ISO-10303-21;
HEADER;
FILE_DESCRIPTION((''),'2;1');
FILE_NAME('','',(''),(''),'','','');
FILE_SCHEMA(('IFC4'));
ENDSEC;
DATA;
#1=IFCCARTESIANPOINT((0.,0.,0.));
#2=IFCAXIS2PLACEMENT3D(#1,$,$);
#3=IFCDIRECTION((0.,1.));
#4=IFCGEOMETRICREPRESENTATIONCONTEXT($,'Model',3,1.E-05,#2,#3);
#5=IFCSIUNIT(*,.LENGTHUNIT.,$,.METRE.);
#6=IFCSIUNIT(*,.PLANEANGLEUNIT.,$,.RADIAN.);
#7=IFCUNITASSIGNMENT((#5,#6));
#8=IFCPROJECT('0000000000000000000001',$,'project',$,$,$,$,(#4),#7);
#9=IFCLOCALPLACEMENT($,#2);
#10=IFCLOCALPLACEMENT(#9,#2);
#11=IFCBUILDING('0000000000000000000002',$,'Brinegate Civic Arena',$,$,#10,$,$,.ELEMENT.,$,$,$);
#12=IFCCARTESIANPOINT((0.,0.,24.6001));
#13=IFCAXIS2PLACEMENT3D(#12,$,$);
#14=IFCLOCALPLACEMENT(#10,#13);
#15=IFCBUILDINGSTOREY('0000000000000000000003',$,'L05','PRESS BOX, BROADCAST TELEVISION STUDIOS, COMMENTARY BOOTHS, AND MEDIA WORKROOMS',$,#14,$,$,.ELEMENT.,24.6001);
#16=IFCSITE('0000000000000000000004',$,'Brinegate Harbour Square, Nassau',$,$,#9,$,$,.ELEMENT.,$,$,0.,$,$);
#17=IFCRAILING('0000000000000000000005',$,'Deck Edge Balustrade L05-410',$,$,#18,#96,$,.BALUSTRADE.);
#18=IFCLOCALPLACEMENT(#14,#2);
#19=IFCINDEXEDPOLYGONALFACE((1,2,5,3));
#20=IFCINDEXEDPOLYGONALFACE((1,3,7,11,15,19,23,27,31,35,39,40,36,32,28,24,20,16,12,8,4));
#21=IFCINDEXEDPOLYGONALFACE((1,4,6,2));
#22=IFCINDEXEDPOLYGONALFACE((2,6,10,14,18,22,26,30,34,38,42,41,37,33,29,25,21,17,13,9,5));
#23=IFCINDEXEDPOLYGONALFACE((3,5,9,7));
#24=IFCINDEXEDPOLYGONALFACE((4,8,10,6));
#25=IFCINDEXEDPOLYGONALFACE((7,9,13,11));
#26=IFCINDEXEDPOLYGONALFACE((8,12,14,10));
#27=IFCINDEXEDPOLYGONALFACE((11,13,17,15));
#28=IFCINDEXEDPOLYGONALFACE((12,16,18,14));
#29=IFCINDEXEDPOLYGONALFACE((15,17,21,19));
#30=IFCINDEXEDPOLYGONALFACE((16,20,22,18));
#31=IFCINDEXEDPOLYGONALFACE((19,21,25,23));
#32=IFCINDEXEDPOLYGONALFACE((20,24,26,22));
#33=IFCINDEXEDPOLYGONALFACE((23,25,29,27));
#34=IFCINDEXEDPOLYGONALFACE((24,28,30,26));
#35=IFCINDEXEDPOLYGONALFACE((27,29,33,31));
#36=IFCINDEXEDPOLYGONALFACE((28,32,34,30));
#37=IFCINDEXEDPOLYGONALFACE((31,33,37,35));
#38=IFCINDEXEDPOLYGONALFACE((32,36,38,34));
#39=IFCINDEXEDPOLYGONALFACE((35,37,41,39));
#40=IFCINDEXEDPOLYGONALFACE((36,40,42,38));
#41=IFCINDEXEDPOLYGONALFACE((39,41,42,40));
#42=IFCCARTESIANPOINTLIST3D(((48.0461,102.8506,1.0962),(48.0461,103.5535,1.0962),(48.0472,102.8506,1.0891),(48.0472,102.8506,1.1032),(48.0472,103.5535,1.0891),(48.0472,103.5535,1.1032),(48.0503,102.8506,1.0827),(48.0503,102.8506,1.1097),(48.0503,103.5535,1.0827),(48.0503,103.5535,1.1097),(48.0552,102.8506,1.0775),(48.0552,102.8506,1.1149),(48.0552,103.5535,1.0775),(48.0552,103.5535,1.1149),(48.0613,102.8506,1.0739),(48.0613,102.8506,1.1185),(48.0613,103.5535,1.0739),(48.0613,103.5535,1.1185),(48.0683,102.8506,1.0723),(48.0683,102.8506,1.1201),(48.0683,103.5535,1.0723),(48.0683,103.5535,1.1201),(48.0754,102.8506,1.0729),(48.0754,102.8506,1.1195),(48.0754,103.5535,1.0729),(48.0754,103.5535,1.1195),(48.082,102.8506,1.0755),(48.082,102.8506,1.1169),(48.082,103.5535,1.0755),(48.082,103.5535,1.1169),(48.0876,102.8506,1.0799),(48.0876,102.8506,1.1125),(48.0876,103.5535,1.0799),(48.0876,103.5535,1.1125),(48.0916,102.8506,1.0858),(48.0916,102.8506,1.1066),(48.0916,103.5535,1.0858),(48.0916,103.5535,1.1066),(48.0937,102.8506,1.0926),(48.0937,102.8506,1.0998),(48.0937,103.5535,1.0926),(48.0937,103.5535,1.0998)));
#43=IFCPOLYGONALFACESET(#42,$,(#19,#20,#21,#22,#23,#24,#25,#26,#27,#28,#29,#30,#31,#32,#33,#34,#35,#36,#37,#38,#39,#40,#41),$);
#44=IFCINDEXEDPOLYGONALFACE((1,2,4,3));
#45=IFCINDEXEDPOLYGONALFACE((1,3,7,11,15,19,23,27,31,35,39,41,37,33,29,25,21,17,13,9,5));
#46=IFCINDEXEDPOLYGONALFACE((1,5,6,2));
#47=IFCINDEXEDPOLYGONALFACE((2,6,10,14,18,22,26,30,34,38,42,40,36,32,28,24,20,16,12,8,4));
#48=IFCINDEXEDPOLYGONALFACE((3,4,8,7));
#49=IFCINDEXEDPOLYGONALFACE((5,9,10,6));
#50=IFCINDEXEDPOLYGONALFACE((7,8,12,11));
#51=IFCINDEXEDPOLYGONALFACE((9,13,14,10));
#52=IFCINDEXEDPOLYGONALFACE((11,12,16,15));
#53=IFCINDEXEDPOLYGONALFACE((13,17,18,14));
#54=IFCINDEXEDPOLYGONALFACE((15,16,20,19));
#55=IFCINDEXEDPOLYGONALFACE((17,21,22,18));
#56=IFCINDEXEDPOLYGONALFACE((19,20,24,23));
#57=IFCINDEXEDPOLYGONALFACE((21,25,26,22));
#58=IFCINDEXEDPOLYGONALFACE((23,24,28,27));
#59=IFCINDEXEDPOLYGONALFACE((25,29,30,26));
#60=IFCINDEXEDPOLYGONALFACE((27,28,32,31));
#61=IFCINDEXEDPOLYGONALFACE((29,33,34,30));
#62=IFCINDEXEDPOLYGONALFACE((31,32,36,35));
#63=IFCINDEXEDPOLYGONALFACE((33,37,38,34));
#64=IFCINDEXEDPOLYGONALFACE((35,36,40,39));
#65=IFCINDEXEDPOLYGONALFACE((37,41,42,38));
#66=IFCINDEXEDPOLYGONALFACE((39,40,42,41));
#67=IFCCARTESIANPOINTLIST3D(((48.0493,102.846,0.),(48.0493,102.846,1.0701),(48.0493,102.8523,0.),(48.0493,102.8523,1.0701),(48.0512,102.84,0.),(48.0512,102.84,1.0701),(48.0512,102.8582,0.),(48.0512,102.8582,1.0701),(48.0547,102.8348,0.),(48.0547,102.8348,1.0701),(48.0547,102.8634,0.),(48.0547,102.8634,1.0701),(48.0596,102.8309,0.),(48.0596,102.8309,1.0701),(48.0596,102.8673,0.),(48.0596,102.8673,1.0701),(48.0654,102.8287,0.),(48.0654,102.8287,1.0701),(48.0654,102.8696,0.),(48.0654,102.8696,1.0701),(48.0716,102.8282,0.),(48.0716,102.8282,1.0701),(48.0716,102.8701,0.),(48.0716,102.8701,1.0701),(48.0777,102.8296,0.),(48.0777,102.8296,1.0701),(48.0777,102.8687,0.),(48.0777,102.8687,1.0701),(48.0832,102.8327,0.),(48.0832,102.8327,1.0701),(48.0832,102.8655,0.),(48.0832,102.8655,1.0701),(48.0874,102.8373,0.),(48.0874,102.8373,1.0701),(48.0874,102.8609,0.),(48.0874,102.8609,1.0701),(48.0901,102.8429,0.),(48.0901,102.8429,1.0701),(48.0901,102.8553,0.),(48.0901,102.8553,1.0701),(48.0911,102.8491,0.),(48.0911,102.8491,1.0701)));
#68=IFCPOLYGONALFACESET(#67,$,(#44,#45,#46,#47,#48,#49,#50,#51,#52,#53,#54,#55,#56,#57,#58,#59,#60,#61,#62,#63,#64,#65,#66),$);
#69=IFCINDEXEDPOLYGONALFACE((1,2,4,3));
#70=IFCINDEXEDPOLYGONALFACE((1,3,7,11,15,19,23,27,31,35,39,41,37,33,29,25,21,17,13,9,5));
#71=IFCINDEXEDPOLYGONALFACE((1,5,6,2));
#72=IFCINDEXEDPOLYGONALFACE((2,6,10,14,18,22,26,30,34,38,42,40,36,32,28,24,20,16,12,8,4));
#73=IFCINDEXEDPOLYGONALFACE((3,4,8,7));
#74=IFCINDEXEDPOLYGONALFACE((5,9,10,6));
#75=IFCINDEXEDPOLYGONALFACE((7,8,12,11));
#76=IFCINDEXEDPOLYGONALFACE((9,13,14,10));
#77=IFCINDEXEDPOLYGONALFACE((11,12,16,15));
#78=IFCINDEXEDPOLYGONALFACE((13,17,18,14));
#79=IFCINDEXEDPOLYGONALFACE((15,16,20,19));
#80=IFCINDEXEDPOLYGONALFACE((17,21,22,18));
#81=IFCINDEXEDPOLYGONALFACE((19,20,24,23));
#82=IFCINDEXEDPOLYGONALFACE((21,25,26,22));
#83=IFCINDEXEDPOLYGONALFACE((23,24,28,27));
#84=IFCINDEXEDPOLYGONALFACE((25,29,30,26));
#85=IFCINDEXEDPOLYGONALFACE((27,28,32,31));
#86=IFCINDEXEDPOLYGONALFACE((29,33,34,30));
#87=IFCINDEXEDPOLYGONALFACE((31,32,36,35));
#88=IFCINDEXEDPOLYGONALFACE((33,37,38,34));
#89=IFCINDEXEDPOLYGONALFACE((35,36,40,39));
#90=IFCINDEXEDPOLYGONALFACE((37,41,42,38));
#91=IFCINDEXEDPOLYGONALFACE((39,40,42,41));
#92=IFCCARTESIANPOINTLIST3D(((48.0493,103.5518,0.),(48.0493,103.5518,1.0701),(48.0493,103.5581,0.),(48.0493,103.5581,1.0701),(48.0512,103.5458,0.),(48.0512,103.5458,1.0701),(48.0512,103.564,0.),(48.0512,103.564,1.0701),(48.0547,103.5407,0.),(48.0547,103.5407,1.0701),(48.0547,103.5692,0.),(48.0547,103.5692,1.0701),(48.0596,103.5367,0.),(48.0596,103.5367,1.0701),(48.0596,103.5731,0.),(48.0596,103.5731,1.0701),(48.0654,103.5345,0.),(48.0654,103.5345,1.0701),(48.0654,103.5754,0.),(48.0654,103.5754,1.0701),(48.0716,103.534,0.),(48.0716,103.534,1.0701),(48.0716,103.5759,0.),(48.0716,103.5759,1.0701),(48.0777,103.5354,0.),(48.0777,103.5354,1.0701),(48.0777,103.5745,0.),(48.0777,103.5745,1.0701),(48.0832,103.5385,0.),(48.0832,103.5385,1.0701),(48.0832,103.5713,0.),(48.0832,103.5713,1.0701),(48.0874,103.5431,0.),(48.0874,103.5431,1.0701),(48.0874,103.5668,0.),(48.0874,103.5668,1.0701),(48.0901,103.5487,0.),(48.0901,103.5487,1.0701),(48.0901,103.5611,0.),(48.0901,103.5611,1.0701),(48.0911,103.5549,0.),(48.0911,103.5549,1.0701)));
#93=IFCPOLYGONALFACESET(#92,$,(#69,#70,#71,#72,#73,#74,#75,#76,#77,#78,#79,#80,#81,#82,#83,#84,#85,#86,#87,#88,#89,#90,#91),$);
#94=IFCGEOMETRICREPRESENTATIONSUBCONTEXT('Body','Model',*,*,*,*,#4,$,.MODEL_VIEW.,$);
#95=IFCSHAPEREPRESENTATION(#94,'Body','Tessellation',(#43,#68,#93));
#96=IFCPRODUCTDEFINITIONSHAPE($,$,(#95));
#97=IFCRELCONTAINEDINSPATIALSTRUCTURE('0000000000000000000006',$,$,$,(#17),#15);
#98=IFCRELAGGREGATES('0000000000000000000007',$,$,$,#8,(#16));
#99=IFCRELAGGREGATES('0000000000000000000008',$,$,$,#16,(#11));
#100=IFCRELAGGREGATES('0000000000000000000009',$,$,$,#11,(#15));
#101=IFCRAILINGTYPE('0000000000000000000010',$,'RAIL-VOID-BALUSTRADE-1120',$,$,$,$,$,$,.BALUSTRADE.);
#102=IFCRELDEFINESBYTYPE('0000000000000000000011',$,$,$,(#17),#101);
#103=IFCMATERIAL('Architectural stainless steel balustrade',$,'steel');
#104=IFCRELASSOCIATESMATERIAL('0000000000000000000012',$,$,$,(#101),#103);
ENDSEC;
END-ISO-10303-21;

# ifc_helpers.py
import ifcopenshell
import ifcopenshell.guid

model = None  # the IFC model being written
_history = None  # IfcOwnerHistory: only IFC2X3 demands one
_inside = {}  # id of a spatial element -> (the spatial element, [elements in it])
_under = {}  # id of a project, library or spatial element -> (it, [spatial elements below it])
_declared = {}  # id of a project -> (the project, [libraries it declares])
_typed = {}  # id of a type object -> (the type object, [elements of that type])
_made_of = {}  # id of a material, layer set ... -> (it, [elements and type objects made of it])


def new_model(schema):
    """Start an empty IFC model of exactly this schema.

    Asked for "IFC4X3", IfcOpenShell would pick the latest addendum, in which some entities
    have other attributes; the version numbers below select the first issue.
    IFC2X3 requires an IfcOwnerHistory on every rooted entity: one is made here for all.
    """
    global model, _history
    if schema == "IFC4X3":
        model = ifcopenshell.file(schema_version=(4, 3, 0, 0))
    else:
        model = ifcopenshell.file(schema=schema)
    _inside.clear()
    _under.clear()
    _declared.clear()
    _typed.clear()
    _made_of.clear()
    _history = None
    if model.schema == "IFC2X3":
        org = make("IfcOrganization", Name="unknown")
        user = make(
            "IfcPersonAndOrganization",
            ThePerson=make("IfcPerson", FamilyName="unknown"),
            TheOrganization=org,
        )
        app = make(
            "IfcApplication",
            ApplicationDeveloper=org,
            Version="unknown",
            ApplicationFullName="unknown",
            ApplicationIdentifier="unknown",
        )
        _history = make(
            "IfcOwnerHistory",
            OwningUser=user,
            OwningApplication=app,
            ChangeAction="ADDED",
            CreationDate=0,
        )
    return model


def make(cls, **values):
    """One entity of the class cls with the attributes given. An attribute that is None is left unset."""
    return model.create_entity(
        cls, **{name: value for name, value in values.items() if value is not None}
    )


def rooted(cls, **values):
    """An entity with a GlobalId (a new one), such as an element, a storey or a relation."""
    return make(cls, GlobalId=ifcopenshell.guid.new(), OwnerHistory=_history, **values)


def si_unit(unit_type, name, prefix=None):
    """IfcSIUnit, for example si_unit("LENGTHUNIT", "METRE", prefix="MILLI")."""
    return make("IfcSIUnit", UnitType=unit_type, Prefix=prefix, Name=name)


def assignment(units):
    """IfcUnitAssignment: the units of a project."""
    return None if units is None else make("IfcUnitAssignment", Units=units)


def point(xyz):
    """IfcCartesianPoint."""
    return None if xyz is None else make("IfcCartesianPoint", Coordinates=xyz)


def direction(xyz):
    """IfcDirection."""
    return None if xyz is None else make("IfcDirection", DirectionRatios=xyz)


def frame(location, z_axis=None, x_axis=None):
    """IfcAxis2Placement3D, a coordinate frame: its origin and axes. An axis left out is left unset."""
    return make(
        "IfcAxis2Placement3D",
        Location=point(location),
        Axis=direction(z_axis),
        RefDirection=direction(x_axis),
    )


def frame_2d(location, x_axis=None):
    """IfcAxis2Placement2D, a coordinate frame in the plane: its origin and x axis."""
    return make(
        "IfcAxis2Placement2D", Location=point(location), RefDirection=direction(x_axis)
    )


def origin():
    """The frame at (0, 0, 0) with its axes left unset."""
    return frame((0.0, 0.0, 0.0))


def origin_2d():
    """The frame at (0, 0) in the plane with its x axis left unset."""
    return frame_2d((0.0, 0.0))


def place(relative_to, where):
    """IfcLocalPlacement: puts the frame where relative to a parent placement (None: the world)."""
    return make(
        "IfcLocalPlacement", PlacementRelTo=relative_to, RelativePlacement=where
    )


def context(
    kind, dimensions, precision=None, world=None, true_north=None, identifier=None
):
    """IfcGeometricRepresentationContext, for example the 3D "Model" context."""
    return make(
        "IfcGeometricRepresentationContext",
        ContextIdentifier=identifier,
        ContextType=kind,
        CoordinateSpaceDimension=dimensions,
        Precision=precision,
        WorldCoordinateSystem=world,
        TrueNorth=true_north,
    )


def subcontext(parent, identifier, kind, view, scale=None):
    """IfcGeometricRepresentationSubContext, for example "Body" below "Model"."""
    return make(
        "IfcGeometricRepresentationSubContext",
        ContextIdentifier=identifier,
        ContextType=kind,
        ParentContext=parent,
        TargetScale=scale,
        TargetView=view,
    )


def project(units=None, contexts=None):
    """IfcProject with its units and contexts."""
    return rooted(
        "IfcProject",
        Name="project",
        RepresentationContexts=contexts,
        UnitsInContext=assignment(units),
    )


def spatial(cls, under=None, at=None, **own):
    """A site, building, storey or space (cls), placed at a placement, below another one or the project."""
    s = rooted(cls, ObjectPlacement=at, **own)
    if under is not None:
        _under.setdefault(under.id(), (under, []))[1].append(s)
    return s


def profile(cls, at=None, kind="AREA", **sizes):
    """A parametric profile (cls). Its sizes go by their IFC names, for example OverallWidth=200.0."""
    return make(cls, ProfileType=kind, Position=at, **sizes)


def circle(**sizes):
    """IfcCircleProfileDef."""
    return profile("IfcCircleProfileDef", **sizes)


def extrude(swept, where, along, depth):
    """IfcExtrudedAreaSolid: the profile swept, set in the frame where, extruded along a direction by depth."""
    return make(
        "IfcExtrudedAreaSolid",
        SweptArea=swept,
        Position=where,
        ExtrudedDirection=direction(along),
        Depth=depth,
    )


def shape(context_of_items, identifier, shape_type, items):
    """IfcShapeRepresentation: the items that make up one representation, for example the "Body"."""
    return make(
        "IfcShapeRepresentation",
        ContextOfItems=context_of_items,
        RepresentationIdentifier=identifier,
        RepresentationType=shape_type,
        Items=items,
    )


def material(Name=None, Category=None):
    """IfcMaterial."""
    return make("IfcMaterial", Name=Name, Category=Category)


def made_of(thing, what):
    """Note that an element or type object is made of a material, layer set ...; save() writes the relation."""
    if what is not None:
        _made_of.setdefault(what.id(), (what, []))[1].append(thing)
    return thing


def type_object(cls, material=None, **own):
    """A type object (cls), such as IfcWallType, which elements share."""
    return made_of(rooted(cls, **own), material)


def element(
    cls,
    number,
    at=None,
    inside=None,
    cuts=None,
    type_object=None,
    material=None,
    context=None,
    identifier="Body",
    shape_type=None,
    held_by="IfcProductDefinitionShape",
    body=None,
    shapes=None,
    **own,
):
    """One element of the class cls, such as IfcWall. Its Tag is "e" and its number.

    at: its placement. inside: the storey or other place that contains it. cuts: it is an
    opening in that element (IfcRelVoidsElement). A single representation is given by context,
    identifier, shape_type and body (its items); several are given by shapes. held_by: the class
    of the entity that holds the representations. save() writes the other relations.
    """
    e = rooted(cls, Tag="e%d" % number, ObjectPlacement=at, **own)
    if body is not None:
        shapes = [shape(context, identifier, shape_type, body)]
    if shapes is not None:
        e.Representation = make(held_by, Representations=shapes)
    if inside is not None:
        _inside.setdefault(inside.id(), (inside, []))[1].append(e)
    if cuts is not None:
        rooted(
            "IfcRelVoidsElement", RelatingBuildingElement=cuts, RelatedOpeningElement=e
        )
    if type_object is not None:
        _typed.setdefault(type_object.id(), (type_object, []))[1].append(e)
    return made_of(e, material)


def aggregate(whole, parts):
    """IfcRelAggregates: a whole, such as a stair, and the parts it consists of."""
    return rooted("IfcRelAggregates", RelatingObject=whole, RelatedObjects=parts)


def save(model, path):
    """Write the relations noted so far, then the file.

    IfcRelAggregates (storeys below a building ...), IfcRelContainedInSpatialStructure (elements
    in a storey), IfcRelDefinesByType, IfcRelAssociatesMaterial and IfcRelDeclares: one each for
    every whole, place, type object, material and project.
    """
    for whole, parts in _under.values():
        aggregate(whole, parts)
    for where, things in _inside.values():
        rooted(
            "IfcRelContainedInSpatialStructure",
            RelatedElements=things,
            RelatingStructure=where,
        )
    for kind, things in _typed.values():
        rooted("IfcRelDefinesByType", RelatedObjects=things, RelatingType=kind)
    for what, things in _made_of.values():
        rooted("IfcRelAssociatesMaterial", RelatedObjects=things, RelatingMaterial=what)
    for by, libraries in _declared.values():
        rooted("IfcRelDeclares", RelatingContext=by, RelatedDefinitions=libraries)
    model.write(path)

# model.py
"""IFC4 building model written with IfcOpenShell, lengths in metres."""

from ifc_helpers import new_model, si_unit, direction, frame, origin, origin_2d, place, context, subcontext, project, spatial, circle, extrude, material, type_object, element, save


model = new_model("IFC4")

# Units and contexts
model_context = context("Model", 3, precision=1e-05, world=origin(), true_north=direction((0.0, 1.0)))
body_context = subcontext(model_context, "Body", "Model", "MODEL_VIEW")
ifc_project = project(units=[si_unit("LENGTHUNIT", "METRE"), si_unit("PLANEANGLEUNIT", "RADIAN")], contexts=[model_context])

# Site, building, storey
site_placement = place(None, origin())
site = spatial("IfcSite", under=ifc_project, at=site_placement, Name="Brinegate Harbour Square, Nassau", CompositionType="ELEMENT", RefElevation=0.0)
building_placement = place(site_placement, origin())
building = spatial("IfcBuilding", under=site, at=building_placement, Name="Brinegate Civic Arena", CompositionType="ELEMENT")
storey_placement = place(building_placement, frame((0.0, 0.0, 24.6001)))
storey = spatial("IfcBuildingStorey", under=building, at=storey_placement, Name="L05", Description="PRESS BOX, BROADCAST TELEVISION STUDIOS, COMMENTARY BOOTHS, AND MEDIA WORKROOMS", CompositionType="ELEMENT", Elevation=24.6001)

# Railing
ifc_material_1 = material(Name="Architectural stainless steel balustrade", Category="steel")
railing_type = type_object("IfcRailingType", Name="RAIL-VOID-BALUSTRADE-1120", PredefinedType="BALUSTRADE", material=ifc_material_1)
railing_placement = place(storey_placement, frame((48.0701, 102.8491, 0.0)))
element("IfcRailing", 1, at=railing_placement, inside=storey, type_object=railing_type, Name="Deck Edge Balustrade L05-410", PredefinedType="BALUSTRADE", context=body_context, shape_type="SweptSolid", body=[
    extrude(circle(Radius=0.0239, at=origin_2d()), frame((0.0, 0.0015, 1.0962), z_axis=(0.0, 1.0, 0.0), x_axis=(-1.0, 0.0, 0.0)), (0.0, 0.0, 1.0), 0.7029),
    extrude(circle(Radius=0.021, at=origin_2d()), origin(), (0.0, 0.0, 1.0), 1.0701),
    extrude(circle(Radius=0.021, at=origin_2d()), frame((0.0, 0.7058, 0.0)), (0.0, 0.0, 1.0), 1.0701),
])

save(model, "model.ifc")
